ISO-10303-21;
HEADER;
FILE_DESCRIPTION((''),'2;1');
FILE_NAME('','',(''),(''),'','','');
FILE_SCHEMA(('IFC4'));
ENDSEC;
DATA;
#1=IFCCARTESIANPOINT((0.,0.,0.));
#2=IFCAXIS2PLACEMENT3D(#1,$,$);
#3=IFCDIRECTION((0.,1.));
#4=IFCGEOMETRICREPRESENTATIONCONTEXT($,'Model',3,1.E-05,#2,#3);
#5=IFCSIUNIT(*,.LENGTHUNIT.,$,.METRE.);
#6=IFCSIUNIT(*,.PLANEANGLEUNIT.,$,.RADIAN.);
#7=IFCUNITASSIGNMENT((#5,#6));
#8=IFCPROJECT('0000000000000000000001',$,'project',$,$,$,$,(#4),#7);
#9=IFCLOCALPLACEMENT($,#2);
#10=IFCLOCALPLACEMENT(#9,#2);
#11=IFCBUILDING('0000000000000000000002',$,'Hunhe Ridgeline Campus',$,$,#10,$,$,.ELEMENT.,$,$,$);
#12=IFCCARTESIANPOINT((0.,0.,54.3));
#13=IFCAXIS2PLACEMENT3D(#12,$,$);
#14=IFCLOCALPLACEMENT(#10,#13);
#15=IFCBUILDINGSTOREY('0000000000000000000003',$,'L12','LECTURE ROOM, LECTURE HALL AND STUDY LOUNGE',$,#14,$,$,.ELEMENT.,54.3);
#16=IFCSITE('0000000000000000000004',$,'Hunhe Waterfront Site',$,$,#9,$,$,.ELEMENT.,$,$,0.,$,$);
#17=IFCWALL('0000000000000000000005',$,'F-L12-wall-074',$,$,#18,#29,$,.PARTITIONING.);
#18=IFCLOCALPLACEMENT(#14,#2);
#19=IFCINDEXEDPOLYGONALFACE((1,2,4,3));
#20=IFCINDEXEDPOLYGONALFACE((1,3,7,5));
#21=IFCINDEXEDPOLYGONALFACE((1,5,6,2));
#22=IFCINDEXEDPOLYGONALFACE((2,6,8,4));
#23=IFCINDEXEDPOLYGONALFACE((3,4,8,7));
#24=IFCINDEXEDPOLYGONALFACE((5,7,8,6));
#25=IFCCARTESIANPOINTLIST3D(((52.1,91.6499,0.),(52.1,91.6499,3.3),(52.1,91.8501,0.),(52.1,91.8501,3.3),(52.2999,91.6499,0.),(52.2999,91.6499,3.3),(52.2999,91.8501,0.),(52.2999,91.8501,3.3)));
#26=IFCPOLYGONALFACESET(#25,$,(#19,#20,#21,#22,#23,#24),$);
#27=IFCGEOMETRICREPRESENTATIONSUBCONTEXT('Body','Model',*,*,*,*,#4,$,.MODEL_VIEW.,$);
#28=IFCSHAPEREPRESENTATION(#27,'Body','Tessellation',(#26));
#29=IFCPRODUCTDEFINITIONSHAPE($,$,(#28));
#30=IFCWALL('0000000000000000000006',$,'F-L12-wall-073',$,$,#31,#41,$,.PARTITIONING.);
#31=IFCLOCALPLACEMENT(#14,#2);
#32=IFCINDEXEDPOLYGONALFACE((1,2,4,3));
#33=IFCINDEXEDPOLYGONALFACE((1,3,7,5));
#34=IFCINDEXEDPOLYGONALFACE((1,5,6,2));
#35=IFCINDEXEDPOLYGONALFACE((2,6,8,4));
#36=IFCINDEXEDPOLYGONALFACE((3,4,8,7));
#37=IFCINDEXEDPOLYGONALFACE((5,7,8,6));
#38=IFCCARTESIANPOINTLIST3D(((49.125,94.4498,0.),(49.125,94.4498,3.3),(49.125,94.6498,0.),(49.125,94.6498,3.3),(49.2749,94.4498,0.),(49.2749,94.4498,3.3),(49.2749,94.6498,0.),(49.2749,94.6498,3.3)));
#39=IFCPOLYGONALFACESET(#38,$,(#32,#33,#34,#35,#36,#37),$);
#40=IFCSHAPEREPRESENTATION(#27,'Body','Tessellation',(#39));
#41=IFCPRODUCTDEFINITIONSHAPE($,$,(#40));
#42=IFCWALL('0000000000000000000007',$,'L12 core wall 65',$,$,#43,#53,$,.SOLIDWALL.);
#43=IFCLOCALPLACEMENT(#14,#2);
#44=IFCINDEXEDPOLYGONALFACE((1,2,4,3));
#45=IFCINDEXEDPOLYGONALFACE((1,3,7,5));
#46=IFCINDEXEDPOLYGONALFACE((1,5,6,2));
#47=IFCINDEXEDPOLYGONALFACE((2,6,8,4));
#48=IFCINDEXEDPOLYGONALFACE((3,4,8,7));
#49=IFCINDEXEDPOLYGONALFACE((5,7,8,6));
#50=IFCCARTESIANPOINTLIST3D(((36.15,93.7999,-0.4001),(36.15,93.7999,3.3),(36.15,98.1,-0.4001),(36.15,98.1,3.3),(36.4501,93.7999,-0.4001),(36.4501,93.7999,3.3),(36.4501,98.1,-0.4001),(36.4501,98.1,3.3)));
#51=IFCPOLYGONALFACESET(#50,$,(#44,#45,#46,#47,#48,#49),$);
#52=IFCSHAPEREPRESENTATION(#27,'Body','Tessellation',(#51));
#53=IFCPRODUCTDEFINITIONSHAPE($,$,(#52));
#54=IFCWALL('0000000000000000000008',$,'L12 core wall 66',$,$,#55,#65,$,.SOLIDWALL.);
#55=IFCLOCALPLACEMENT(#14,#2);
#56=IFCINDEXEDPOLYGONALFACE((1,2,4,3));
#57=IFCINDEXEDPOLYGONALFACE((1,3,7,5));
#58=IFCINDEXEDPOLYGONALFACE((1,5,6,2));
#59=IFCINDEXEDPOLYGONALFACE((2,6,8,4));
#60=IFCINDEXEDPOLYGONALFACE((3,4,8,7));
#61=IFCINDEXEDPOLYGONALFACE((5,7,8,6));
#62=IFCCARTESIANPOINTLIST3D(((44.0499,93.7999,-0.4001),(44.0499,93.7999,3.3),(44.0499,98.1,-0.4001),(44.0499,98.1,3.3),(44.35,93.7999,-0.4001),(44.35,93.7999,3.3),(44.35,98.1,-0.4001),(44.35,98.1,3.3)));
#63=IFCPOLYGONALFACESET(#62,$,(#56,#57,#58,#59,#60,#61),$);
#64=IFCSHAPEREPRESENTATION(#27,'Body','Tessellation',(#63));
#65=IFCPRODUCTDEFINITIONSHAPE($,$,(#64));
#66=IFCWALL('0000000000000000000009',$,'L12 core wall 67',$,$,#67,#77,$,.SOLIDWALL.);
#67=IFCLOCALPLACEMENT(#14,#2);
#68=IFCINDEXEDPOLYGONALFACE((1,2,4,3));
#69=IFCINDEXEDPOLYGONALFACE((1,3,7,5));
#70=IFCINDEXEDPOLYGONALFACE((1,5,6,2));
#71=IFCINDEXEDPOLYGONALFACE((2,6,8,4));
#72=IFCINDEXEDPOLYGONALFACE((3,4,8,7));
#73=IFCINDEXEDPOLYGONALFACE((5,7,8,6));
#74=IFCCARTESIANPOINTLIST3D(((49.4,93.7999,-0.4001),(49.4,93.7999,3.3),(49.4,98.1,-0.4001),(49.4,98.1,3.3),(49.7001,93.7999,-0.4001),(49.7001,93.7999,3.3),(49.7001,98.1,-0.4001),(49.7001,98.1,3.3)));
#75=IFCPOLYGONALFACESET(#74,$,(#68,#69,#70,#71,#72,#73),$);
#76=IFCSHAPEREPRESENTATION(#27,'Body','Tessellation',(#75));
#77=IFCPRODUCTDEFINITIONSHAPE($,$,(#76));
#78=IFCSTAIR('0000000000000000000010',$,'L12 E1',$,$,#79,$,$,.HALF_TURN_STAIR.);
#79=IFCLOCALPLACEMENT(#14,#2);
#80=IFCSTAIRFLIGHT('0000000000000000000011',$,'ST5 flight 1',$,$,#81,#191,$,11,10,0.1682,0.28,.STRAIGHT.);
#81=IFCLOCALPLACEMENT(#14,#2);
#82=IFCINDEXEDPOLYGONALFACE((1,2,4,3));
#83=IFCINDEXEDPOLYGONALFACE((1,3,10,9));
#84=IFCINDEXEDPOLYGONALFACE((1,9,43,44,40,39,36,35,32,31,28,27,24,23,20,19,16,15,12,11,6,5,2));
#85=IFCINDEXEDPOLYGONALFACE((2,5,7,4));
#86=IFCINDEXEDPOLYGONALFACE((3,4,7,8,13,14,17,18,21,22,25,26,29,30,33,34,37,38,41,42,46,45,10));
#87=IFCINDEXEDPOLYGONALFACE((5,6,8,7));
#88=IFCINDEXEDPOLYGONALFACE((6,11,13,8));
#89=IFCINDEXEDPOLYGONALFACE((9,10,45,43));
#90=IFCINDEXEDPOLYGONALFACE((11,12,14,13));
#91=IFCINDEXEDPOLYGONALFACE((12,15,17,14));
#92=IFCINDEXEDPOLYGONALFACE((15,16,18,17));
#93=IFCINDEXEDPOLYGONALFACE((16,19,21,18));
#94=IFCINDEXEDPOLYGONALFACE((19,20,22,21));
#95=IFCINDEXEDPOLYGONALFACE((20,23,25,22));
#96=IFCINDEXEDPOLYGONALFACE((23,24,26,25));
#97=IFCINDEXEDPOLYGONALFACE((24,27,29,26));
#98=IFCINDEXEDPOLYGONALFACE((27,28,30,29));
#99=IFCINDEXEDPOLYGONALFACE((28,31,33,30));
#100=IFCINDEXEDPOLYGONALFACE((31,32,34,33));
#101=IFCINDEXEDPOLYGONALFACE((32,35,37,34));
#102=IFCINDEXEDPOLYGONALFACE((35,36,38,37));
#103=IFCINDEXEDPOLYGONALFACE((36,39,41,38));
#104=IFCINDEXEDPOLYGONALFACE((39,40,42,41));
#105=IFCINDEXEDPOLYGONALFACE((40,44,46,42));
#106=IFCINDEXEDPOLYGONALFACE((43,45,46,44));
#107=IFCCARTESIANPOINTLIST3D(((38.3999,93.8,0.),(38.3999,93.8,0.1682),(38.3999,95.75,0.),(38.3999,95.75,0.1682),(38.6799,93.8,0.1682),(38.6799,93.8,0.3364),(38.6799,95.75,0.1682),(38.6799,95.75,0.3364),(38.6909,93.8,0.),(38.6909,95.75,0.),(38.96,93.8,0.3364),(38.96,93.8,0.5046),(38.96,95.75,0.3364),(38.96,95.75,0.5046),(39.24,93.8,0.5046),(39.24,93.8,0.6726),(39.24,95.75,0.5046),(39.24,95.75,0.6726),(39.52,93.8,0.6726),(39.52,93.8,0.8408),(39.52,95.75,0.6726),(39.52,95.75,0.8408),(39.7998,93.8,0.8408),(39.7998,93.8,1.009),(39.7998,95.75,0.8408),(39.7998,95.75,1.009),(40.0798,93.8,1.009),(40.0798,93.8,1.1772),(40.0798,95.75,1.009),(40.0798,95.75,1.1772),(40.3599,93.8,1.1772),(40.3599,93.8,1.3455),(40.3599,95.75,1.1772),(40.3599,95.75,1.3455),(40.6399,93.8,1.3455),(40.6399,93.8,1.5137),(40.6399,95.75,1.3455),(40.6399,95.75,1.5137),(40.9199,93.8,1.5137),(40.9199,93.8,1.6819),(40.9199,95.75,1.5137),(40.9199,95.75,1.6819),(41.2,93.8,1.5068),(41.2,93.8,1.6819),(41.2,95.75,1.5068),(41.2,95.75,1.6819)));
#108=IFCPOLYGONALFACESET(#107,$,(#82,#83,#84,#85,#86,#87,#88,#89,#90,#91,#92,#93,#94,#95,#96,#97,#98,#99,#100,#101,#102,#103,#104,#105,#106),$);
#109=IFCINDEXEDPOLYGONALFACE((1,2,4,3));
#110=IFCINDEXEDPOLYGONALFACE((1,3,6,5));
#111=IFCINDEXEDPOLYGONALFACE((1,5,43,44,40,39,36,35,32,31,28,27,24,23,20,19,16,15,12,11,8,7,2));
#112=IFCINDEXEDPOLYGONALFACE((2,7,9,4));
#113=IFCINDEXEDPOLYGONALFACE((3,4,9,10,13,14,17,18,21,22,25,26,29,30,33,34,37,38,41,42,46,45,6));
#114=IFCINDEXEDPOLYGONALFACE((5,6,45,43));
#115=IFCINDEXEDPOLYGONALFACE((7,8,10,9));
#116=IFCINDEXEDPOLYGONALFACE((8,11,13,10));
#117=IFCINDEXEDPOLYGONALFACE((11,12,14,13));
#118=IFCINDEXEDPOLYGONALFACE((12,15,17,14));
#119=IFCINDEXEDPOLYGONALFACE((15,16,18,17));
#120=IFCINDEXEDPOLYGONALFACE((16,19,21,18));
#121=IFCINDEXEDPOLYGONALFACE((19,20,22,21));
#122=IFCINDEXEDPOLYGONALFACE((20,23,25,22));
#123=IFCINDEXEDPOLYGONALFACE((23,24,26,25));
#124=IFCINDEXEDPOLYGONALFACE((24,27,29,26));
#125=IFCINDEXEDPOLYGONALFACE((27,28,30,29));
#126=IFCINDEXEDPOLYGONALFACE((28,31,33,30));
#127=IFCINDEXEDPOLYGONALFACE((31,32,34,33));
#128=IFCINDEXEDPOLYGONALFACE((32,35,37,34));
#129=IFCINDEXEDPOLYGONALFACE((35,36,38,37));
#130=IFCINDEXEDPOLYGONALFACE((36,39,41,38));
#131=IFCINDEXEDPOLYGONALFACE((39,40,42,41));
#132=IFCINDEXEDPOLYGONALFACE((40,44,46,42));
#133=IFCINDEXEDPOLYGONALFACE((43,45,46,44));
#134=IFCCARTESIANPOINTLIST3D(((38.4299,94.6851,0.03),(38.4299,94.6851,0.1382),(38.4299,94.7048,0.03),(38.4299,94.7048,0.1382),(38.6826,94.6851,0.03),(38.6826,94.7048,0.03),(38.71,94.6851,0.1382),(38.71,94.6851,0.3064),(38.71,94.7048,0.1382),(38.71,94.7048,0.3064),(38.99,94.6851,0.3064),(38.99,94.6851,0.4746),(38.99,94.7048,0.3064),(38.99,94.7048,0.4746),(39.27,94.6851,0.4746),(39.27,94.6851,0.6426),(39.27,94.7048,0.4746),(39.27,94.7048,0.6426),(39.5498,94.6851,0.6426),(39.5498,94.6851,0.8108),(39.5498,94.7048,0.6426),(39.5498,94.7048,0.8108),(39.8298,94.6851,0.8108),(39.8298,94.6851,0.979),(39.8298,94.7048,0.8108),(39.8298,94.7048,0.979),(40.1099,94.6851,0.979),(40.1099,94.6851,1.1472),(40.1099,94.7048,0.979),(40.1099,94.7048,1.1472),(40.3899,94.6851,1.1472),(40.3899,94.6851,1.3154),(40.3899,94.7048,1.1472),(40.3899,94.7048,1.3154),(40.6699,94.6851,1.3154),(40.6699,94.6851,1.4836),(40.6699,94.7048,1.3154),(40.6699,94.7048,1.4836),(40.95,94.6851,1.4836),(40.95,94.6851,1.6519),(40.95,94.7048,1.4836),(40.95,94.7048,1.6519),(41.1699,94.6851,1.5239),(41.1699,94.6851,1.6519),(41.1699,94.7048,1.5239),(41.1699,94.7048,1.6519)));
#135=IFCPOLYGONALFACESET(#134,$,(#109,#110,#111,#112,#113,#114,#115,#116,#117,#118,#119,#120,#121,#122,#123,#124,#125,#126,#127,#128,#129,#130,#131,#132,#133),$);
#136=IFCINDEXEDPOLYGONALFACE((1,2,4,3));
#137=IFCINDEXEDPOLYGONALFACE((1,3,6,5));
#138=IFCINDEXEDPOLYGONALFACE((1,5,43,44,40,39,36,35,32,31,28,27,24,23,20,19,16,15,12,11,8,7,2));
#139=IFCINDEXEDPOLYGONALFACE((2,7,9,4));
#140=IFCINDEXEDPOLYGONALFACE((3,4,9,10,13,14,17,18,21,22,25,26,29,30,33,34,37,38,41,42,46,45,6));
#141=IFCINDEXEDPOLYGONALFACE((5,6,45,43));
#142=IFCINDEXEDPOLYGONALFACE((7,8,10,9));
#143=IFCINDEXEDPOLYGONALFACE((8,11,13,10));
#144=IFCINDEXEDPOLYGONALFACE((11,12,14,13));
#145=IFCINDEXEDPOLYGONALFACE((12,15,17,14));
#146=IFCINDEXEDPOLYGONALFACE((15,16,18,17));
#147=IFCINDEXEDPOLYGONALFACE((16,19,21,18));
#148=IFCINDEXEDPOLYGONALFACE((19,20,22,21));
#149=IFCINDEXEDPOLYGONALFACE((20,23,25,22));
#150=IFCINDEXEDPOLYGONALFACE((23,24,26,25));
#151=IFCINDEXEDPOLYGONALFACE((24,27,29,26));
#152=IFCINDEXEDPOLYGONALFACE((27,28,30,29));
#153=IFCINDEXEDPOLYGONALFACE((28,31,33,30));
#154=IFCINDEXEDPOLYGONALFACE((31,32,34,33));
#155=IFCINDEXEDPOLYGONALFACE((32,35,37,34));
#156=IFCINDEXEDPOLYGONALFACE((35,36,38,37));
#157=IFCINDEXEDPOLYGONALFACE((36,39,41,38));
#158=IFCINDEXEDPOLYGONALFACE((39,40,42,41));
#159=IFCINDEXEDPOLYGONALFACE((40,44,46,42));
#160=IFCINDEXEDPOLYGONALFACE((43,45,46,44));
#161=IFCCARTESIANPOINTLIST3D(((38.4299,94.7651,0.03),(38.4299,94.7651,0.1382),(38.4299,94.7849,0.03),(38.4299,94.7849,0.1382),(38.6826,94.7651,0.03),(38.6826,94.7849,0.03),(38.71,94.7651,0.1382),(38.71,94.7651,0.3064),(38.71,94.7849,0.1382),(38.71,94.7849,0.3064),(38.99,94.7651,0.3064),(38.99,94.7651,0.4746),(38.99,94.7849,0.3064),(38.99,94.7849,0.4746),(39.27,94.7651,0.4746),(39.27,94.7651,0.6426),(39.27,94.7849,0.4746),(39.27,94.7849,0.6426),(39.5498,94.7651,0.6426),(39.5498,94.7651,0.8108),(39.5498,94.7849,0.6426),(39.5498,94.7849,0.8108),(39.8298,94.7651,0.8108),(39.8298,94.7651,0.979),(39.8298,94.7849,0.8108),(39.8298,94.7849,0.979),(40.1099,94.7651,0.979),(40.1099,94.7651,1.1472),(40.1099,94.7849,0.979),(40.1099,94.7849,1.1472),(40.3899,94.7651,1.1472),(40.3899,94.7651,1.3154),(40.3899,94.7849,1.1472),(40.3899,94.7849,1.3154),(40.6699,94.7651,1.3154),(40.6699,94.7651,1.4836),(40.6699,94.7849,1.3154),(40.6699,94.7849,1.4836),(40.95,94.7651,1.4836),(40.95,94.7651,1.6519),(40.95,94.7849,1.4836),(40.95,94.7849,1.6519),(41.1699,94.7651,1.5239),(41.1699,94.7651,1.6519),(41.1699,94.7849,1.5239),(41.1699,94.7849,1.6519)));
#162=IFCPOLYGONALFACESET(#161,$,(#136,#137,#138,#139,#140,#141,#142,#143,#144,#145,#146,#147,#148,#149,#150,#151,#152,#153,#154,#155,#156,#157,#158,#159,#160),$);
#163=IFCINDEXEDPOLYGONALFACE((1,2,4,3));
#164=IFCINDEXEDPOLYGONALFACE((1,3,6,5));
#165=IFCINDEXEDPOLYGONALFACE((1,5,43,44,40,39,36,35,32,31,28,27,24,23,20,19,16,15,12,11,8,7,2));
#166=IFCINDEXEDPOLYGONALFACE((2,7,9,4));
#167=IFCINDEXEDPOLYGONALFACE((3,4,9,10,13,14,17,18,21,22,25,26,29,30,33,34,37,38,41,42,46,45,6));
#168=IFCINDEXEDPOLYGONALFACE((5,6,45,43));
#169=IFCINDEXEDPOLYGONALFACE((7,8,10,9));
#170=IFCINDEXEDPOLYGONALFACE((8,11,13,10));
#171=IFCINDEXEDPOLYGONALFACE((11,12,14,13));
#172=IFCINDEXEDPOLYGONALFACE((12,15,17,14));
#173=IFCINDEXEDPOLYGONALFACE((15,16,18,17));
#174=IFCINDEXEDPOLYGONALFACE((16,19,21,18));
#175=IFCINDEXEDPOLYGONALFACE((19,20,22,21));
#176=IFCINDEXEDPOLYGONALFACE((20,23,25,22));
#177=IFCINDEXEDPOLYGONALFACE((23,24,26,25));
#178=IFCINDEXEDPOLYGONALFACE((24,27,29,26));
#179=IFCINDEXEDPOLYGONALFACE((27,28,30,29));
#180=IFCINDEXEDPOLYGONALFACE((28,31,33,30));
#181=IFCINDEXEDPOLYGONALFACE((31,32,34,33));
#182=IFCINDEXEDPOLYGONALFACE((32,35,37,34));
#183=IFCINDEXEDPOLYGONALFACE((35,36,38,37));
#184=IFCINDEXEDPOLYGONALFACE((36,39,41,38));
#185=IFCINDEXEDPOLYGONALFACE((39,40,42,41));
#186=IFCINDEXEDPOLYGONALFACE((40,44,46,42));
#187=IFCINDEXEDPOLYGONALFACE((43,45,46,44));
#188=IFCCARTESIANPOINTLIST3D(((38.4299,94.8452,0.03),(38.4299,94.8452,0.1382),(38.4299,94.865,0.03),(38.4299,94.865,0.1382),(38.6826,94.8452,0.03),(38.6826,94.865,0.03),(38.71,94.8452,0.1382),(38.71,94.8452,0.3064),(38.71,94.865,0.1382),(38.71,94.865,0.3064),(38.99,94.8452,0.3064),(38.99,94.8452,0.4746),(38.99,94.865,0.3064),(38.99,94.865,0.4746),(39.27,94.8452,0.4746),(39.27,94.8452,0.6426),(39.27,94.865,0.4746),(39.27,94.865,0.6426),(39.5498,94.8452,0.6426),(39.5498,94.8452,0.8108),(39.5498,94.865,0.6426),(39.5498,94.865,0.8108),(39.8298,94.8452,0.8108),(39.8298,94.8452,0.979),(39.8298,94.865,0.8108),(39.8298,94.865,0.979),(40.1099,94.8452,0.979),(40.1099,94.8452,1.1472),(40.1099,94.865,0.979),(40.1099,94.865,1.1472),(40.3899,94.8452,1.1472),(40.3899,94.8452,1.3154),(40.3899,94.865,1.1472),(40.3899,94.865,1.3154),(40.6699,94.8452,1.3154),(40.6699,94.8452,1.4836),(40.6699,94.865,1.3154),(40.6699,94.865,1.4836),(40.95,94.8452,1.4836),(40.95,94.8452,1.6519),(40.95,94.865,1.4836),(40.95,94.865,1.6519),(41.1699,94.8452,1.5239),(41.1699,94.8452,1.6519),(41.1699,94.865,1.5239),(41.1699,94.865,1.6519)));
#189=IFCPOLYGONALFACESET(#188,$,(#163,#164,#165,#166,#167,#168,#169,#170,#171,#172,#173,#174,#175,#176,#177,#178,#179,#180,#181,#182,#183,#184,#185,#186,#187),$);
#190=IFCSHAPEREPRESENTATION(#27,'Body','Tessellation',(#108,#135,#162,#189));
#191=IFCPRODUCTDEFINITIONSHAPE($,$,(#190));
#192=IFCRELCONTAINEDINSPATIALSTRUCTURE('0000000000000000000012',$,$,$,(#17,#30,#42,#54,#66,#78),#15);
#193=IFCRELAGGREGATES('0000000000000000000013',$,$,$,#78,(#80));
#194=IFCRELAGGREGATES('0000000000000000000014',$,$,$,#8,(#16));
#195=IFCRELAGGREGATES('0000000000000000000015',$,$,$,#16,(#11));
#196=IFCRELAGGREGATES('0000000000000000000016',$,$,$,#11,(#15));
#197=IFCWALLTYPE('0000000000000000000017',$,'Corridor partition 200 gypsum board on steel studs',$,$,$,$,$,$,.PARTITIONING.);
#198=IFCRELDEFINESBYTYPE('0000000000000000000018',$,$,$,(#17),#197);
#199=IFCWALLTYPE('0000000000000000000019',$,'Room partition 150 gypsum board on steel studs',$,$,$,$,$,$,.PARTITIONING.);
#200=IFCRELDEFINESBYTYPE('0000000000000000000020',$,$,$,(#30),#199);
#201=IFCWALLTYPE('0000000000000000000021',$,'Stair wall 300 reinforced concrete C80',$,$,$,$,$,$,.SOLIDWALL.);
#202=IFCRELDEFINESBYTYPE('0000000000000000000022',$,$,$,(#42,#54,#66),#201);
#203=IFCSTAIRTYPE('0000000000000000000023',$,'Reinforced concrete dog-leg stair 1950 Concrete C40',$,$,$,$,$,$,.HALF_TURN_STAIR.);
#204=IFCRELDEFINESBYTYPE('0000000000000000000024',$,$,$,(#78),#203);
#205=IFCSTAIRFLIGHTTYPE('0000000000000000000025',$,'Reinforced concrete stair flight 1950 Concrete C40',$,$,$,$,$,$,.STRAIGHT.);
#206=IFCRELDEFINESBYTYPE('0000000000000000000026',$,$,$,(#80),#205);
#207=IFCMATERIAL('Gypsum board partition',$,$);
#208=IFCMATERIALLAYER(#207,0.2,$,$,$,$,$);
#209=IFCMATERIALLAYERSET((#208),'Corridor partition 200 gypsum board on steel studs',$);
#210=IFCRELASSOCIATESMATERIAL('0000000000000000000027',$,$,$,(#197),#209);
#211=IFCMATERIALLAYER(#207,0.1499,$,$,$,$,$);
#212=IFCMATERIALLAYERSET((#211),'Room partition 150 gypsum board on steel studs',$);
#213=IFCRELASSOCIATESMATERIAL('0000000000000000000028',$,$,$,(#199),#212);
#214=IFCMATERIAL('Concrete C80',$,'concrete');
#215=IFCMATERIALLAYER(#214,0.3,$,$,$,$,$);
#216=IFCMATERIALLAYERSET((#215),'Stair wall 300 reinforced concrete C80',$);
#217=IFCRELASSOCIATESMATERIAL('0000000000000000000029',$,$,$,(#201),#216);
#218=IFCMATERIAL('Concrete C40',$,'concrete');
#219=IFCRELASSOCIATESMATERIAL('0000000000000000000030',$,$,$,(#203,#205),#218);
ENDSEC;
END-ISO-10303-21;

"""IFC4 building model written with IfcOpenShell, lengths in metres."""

from ifc_helpers import new_model, si_unit, direction, frame, frame_2d, origin, place, context, subcontext, project, spatial, polyline, rectangle, outline, extrude, material, layer, layer_set, type_object, element, aggregate, save


model = new_model("IFC4")

# Units and contexts
model_context = context("Model", 3, precision=1e-05, world=origin(), true_north=direction((0.0, 1.0)))
body_context = subcontext(model_context, "Body", "Model", "MODEL_VIEW")
ifc_project = project(units=[si_unit("LENGTHUNIT", "METRE"), si_unit("PLANEANGLEUNIT", "RADIAN")], contexts=[model_context])

# Site, building, storey
site_placement = place(None, origin())
site = spatial("IfcSite", under=ifc_project, at=site_placement, Name="Hunhe Waterfront Site", CompositionType="ELEMENT", RefElevation=0.0)
building_placement = place(site_placement, origin())
building = spatial("IfcBuilding", under=site, at=building_placement, Name="Hunhe Ridgeline Campus", CompositionType="ELEMENT")
storey_placement = place(building_placement, frame((0.0, 0.0, 54.3)))
storey = spatial("IfcBuildingStorey", under=building, at=storey_placement, Name="L12", Description="LECTURE ROOM, LECTURE HALL AND STUDY LOUNGE", CompositionType="ELEMENT", Elevation=54.3)

# Shared definitions
ifc_material_1 = material(Name="Gypsum board partition")
ifc_layer_1 = layer(ifc_material_1, 0.2)
ifc_layer_set_1 = layer_set([ifc_layer_1], Name="Corridor partition 200 gypsum board on steel studs")
wall_type_1 = type_object("IfcWallType", Name="Corridor partition 200 gypsum board on steel studs", PredefinedType="PARTITIONING", material=ifc_layer_set_1)

# Walls
wall_1_placement = place(storey_placement, frame((52.2, 91.8501, 0.0), z_axis=(0.0, 0.0, 1.0), x_axis=(0.0, -1.0, 0.0)))
element("IfcWall", 1, at=wall_1_placement, inside=storey, type_object=wall_type_1, Name="F-L12-wall-074", PredefinedType="PARTITIONING", context=body_context, shape_type="SweptSolid", body=[
    extrude(rectangle(XDim=0.2002, YDim=0.2, at=frame_2d((0.1001, 0.0))), origin(), (0.0, 0.0, 1.0), 3.3),
])
ifc_layer_2 = layer(ifc_material_1, 0.1499)
ifc_layer_set_2 = layer_set([ifc_layer_2], Name="Room partition 150 gypsum board on steel studs")
wall_type_2 = type_object("IfcWallType", Name="Room partition 150 gypsum board on steel studs", PredefinedType="PARTITIONING", material=ifc_layer_set_2)
wall_2_placement = place(storey_placement, frame((49.2, 94.6499, 0.0), z_axis=(0.0, 0.0, 1.0), x_axis=(0.0, -1.0, 0.0)))
element("IfcWall", 2, at=wall_2_placement, inside=storey, type_object=wall_type_2, Name="F-L12-wall-073", PredefinedType="PARTITIONING", context=body_context, shape_type="SweptSolid", body=[
    extrude(rectangle(XDim=0.2, YDim=0.1499, at=frame_2d((0.1001, 0.0))), origin(), (0.0, 0.0, 1.0), 3.3),
])

# Shared definitions
ifc_material_2 = material(Name="Concrete C80", Category="concrete")
ifc_layer_3 = layer(ifc_material_2, 0.3)
ifc_layer_set_3 = layer_set([ifc_layer_3], Name="Stair wall 300 reinforced concrete C80")
wall_type_3 = type_object("IfcWallType", Name="Stair wall 300 reinforced concrete C80", PredefinedType="SOLIDWALL", material=ifc_layer_set_3)

# Walls
for number, where, z_axis, x_axis, name in (
    (3, (36.3, 93.8, -0.4001), (0.0, 0.0, 1.0), (0.0, 1.0, 0.0), "L12 core wall 65"),
    (4, (44.2, 93.8, -0.4001), (0.0, 0.0, 1.0), (0.0, 1.0, 0.0), "L12 core wall 66"),
    (5, (49.55, 93.8, -0.4001), (0.0, 0.0, 1.0), (0.0, 1.0, 0.0), "L12 core wall 67"),
):
    element("IfcWall", number, at=place(storey_placement, frame(where, z_axis=z_axis, x_axis=x_axis)), inside=storey, type_object=wall_type_3, Name=name, PredefinedType="SOLIDWALL", context=body_context, shape_type="SweptSolid", body=[
        extrude(rectangle(XDim=4.3, YDim=0.3, at=frame_2d((2.1499, 0.0))), origin(), (0.0, 0.0, 1.0), 3.7002),
    ])

# Stair, stair flight
ifc_material_3 = material(Name="Concrete C40", Category="concrete")
stair_type = type_object("IfcStairType", Name="Reinforced concrete dog-leg stair 1950 Concrete C40", PredefinedType="HALF_TURN_STAIR", material=ifc_material_3)
stair_1_placement = place(storey_placement, origin())
stair_1 = element("IfcStair", 6, at=stair_1_placement, inside=storey, type_object=stair_type, Name="L12 E1", PredefinedType="HALF_TURN_STAIR")
stair_flight_type = type_object("IfcStairFlightType", Name="Reinforced concrete stair flight 1950 Concrete C40", PredefinedType="STRAIGHT", material=ifc_material_3)
stair_flight_1_placement = place(storey_placement, frame((38.3999, 94.7749, 0.0), z_axis=(0.0, 0.0, 1.0), x_axis=(1.0, 0.0, 0.0)))
stair_flight_1 = element("IfcStairFlight", 7, at=stair_flight_1_placement, type_object=stair_flight_type, Name="ST5 flight 1", NumberOfRisers=11, NumberOfTreads=10, PredefinedType="STRAIGHT", RiserHeight=0.1682, TreadLength=0.28, context=body_context, shape_type="SweptSolid", body=[
    extrude(outline(polyline([(0.0, 0.0), (0.0, 0.1682), (0.28, 0.1682), (0.28, 0.3364), (0.5601, 0.3364), (0.5601, 0.5046), (0.8401, 0.5046), (0.8401, 0.6726), (1.1201, 0.6726), (1.1201, 0.8408), (1.3999, 0.8408), (1.3999, 1.009), (1.6799, 1.009), (1.6799, 1.1772), (1.96, 1.1772), (1.96, 1.3455), (2.24, 1.3455), (2.24, 1.5137), (2.52, 1.5137), (2.52, 1.6819), (2.8, 1.6819), (2.8, 1.8501), (2.8, 1.5068), (0.291, 0.0), (0.0, 0.0)])), frame((0.0, 0.9751, 0.0), z_axis=(0.0, -1.0, 0.0), x_axis=(1.0, 0.0, 0.0)), (0.0, 0.0, 1.0), 1.95),
    extrude(outline(polyline([(0.03, 0.03), (0.03, 0.1382), (0.3101, 0.1382), (0.3101, 0.3064), (0.5901, 0.3064), (0.5901, 0.4746), (0.8701, 0.4746), (0.8701, 0.6426), (1.1499, 0.6426), (1.1499, 0.8108), (1.4299, 0.8108), (1.4299, 0.979), (1.71, 0.979), (1.71, 1.1472), (1.99, 1.1472), (1.99, 1.3154), (2.27, 1.3154), (2.27, 1.4836), (2.55, 1.4836), (2.55, 1.6519), (2.77, 1.6519), (2.77, 1.5239), (0.2827, 0.03), (0.03, 0.03)])), frame((0.0, -0.0701, 0.0), z_axis=(0.0, -1.0, 0.0), x_axis=(1.0, 0.0, 0.0)), (0.0, 0.0, 1.0), 0.0198),
    extrude(outline(polyline([(0.03, 0.03), (0.03, 0.1382), (0.3101, 0.1382), (0.3101, 0.3064), (0.5901, 0.3064), (0.5901, 0.4746), (0.8701, 0.4746), (0.8701, 0.6426), (1.1499, 0.6426), (1.1499, 0.8108), (1.4299, 0.8108), (1.4299, 0.979), (1.71, 0.979), (1.71, 1.1472), (1.99, 1.1472), (1.99, 1.3154), (2.27, 1.3154), (2.27, 1.4836), (2.55, 1.4836), (2.55, 1.6519), (2.77, 1.6519), (2.77, 1.5239), (0.2827, 0.03), (0.03, 0.03)])), frame((0.0, 0.01, 0.0), z_axis=(0.0, -1.0, 0.0), x_axis=(1.0, 0.0, 0.0)), (0.0, 0.0, 1.0), 0.0198),
    extrude(outline(polyline([(0.03, 0.03), (0.03, 0.1382), (0.3101, 0.1382), (0.3101, 0.3064), (0.5901, 0.3064), (0.5901, 0.4746), (0.8701, 0.4746), (0.8701, 0.6426), (1.1499, 0.6426), (1.1499, 0.8108), (1.4299, 0.8108), (1.4299, 0.979), (1.71, 0.979), (1.71, 1.1472), (1.99, 1.1472), (1.99, 1.3154), (2.27, 1.3154), (2.27, 1.4836), (2.55, 1.4836), (2.55, 1.6519), (2.77, 1.6519), (2.77, 1.5239), (0.2827, 0.03), (0.03, 0.03)])), frame((0.0, 0.0901, 0.0), z_axis=(0.0, -1.0, 0.0), x_axis=(1.0, 0.0, 0.0)), (0.0, 0.0, 1.0), 0.0198),
])
aggregate(stair_1, [stair_flight_1])

save(model, "model.ifc")
